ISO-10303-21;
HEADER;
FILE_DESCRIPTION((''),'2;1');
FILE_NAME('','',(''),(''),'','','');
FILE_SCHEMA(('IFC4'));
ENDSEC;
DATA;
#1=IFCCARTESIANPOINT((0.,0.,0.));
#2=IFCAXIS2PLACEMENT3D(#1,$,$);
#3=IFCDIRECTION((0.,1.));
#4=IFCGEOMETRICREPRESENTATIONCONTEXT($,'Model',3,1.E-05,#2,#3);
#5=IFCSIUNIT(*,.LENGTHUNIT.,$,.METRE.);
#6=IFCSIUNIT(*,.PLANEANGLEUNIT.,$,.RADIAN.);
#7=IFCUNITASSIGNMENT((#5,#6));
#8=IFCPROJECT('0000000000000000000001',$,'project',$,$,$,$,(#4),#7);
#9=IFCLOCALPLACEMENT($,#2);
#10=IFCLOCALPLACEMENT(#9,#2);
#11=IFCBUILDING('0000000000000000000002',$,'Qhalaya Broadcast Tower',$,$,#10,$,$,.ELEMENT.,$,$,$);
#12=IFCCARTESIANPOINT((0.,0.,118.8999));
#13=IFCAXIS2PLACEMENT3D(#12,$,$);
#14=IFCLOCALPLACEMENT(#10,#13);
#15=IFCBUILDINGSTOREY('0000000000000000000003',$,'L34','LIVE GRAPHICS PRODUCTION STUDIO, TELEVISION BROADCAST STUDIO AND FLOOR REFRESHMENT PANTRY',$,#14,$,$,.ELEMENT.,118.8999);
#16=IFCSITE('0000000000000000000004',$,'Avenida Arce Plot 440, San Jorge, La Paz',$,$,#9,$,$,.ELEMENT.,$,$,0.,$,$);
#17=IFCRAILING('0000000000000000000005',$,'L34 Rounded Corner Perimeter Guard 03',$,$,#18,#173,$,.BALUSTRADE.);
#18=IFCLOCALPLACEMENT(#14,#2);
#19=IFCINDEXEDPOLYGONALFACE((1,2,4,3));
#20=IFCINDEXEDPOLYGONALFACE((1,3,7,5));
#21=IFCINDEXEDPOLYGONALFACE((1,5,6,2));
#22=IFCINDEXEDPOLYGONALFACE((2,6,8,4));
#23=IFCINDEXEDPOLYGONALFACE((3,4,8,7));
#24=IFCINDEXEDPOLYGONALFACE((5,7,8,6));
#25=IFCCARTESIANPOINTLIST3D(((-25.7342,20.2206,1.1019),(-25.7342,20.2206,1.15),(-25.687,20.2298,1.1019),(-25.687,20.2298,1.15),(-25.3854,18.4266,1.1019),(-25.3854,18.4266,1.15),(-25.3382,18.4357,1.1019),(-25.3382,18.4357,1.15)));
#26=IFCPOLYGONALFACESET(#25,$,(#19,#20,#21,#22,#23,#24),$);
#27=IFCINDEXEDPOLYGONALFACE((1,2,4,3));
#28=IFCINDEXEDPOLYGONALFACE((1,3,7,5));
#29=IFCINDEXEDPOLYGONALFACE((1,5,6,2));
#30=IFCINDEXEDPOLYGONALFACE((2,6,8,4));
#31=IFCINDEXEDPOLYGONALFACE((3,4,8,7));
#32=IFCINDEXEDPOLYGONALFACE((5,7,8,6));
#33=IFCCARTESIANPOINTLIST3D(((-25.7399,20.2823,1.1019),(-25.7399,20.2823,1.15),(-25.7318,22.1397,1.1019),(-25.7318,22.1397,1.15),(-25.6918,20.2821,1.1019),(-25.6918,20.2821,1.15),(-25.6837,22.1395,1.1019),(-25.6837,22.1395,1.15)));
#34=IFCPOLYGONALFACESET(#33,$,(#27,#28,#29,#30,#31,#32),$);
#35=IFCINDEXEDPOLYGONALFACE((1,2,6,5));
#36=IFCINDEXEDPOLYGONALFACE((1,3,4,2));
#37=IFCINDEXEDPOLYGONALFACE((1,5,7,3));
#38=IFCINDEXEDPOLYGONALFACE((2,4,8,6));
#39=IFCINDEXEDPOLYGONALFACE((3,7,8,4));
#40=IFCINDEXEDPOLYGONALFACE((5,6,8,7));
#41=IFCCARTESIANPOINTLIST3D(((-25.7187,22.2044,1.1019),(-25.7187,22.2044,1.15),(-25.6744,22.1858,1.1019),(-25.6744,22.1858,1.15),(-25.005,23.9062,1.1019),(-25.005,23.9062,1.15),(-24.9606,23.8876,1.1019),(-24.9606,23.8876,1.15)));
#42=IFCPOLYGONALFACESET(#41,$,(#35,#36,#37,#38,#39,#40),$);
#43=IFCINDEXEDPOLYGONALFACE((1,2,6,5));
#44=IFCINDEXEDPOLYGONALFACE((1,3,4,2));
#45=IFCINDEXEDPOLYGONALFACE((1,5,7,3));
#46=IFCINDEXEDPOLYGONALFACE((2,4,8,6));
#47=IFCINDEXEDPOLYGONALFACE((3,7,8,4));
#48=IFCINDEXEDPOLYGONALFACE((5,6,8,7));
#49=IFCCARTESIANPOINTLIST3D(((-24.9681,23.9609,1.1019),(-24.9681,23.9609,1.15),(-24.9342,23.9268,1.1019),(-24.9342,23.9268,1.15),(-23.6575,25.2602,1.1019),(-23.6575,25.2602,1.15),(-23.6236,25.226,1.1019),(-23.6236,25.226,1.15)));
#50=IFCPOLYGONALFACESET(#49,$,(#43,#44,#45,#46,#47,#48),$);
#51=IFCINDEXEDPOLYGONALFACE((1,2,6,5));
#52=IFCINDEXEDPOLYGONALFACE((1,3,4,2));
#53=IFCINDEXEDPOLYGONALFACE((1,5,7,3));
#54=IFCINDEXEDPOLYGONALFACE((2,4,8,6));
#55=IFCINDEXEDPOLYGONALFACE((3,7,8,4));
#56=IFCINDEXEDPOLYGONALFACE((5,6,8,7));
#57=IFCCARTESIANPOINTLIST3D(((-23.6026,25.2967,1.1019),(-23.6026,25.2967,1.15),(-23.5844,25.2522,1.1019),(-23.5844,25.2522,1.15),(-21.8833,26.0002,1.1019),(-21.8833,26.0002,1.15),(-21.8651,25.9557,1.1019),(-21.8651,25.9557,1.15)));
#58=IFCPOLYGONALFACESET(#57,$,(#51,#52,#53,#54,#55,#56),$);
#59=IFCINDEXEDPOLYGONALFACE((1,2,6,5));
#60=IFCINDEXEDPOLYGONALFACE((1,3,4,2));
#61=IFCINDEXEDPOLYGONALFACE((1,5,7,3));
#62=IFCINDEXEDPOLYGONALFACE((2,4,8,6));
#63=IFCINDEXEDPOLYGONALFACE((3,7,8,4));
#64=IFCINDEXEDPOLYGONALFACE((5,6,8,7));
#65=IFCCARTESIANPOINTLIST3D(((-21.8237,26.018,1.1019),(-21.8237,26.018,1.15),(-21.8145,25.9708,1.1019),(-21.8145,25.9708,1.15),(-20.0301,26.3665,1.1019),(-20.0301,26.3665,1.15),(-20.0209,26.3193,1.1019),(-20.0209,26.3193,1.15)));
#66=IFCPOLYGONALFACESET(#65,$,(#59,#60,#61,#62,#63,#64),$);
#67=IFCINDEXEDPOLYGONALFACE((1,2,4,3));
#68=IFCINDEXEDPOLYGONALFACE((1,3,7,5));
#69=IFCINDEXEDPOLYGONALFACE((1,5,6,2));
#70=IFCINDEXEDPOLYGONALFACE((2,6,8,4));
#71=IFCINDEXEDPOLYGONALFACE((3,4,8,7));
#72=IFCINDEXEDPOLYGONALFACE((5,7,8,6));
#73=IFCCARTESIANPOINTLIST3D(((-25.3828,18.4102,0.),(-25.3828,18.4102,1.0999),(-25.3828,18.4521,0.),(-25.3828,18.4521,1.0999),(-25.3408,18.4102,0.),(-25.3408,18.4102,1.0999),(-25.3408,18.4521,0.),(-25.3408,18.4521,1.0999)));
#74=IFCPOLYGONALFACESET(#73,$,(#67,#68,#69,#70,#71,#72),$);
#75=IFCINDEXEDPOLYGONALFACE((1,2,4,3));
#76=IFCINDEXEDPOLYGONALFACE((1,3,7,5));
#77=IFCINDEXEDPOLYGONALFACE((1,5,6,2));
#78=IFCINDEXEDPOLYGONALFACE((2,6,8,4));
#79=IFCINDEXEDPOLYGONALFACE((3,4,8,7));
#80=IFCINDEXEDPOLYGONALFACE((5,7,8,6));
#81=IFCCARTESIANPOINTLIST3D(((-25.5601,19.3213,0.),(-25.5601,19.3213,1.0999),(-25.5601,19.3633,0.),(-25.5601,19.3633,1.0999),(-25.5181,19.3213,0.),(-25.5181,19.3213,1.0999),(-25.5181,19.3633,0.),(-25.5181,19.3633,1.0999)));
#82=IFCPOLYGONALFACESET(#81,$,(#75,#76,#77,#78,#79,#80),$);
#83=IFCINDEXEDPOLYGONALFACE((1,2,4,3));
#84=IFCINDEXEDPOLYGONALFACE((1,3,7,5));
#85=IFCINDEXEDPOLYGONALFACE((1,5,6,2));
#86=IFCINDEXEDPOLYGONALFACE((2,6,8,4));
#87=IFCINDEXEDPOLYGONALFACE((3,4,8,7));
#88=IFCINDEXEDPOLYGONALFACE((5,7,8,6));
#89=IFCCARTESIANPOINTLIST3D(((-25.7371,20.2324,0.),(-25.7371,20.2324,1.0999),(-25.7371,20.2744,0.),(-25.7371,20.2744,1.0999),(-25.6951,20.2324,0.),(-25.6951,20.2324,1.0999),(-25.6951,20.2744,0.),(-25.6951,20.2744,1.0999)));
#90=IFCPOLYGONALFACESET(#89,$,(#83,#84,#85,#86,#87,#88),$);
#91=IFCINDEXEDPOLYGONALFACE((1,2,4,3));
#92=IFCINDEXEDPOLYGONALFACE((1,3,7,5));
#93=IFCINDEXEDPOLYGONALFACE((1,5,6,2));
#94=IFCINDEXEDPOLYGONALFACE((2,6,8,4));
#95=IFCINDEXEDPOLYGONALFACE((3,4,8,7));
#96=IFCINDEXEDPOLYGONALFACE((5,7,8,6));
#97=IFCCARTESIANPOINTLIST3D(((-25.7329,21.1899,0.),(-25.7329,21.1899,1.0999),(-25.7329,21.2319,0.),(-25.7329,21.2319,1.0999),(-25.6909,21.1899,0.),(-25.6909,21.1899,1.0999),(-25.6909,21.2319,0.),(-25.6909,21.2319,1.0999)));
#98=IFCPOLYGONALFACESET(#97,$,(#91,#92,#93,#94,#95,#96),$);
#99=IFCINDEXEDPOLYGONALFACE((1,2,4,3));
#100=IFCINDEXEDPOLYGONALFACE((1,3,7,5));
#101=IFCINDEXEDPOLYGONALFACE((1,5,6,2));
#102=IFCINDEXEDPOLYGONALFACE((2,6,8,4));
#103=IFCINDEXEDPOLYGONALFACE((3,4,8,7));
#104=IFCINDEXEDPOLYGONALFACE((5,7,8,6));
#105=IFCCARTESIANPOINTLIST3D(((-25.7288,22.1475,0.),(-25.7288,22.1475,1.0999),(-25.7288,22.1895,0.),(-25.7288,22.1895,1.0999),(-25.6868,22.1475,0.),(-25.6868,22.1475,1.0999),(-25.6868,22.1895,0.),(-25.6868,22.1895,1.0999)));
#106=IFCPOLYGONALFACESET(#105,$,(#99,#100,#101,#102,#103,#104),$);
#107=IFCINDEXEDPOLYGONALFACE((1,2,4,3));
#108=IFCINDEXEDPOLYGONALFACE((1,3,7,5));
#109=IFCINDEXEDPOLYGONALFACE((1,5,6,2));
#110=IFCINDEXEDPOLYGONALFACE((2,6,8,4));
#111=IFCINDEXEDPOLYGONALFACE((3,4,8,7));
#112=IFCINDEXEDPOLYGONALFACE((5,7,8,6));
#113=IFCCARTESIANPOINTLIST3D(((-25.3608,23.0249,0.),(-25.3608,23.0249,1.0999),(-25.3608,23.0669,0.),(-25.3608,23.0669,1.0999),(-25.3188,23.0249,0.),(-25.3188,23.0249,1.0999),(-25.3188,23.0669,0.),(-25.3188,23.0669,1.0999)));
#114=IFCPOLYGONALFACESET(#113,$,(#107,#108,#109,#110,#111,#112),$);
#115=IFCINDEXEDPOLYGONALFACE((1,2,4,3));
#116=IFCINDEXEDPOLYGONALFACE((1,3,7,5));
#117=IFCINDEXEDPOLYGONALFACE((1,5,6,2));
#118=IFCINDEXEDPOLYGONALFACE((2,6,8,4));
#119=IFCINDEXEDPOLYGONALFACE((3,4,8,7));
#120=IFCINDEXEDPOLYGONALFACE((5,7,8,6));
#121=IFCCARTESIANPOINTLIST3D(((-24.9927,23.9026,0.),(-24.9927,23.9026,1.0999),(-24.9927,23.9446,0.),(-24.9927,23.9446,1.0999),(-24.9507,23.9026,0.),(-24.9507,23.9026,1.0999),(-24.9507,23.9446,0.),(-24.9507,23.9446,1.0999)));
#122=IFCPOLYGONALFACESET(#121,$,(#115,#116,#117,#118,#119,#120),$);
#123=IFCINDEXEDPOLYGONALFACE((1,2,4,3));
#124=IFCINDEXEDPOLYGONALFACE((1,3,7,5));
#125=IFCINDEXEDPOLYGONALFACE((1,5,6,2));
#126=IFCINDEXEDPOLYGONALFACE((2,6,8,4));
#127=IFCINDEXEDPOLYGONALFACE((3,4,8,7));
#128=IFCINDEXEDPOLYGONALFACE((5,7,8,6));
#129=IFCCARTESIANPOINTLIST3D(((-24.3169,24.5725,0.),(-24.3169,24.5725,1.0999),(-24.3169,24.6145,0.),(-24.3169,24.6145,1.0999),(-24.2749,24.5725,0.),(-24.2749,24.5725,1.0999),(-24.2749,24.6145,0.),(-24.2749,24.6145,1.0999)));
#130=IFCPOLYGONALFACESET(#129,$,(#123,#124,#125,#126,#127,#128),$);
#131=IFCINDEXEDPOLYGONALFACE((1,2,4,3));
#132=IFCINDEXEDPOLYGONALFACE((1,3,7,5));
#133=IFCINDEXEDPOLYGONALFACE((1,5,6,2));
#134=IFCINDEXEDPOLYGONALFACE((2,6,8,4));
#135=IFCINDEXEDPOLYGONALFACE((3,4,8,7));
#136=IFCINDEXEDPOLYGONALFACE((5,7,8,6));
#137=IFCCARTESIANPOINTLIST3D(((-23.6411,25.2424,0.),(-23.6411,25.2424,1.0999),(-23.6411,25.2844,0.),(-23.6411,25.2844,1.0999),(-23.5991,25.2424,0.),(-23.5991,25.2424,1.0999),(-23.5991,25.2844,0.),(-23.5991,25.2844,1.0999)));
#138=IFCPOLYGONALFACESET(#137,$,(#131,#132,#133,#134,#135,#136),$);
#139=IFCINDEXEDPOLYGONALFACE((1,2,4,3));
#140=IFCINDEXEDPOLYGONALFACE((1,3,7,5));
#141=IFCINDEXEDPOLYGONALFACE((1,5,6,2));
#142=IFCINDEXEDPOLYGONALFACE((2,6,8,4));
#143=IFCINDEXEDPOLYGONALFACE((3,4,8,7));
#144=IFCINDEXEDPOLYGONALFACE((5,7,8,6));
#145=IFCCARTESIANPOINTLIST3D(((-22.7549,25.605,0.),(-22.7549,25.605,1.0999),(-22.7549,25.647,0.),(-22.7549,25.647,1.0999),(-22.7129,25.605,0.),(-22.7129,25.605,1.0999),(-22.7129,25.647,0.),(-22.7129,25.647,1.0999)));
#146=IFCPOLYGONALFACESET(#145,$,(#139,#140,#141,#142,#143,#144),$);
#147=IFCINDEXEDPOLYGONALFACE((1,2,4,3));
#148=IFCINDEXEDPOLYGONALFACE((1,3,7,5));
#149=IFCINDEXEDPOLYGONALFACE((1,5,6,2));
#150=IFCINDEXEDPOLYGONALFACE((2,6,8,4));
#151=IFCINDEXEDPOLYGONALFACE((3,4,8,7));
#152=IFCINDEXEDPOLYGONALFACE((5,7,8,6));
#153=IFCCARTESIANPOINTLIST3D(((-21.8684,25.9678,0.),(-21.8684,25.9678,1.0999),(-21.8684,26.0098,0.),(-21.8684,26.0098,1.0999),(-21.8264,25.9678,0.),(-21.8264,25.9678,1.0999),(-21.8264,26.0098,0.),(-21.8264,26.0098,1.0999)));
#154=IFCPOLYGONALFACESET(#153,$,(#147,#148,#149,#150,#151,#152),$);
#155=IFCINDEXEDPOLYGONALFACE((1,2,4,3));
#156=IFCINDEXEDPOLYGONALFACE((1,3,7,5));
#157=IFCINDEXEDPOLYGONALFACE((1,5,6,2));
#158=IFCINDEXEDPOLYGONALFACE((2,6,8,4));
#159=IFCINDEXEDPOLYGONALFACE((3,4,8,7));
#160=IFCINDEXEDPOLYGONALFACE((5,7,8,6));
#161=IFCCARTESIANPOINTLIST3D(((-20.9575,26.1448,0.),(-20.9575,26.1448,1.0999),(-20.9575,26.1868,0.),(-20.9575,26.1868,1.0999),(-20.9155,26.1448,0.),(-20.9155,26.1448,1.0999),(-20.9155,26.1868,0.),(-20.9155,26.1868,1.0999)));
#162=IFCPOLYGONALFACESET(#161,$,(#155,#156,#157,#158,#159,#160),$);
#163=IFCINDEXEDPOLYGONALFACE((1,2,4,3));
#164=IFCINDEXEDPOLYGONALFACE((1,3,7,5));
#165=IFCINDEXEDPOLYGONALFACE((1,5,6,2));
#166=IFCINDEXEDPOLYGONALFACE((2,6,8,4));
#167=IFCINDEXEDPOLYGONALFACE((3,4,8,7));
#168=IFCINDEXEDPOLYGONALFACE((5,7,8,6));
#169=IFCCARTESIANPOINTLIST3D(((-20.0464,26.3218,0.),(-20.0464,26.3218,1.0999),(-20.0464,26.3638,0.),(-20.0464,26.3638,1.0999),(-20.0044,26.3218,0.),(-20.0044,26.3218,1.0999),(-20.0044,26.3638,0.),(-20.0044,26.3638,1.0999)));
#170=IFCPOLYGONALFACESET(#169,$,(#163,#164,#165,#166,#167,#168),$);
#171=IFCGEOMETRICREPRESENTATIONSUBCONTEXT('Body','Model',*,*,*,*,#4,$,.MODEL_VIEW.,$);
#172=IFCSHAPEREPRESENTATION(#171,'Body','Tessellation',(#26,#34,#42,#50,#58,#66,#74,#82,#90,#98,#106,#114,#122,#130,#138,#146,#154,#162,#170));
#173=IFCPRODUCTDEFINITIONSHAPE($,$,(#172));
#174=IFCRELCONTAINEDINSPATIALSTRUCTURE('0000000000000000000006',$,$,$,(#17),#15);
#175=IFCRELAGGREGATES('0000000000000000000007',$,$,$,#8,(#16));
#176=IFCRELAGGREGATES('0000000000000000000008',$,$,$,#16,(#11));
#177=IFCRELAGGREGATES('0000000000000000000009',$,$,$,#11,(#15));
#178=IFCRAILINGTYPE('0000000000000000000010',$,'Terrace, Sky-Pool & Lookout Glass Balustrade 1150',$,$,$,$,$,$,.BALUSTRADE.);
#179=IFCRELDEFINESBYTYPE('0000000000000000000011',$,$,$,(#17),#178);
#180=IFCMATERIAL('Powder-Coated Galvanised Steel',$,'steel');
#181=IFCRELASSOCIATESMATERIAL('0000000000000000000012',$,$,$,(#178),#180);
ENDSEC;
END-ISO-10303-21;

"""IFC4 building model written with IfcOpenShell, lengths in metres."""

from ifc_helpers import new_model, si_unit, direction, frame, origin, origin_2d, place, context, subcontext, project, spatial, rectangle, extrude, material, type_object, element, save


model = new_model("IFC4")

# Units and contexts
model_context = context("Model", 3, precision=1e-05, world=origin(), true_north=direction((0.0, 1.0)))
body_context = subcontext(model_context, "Body", "Model", "MODEL_VIEW")
ifc_project = project(units=[si_unit("LENGTHUNIT", "METRE"), si_unit("PLANEANGLEUNIT", "RADIAN")], contexts=[model_context])

# Site, building, storey
site_placement = place(None, origin())
site = spatial("IfcSite", under=ifc_project, at=site_placement, Name="Avenida Arce Plot 440, San Jorge, La Paz", CompositionType="ELEMENT", RefElevation=0.0)
building_placement = place(site_placement, origin())
building = spatial("IfcBuilding", under=site, at=building_placement, Name="Qhalaya Broadcast Tower", CompositionType="ELEMENT")
storey_placement = place(building_placement, frame((0.0, 0.0, 118.8999)))
storey = spatial("IfcBuildingStorey", under=building, at=storey_placement, Name="L34", Description="LIVE GRAPHICS PRODUCTION STUDIO, TELEVISION BROADCAST STUDIO AND FLOOR REFRESHMENT PANTRY", CompositionType="ELEMENT", Elevation=118.8999)

# Railing
ifc_material_1 = material(Name="Powder-Coated Galvanised Steel", Category="steel")
railing_type = type_object("IfcRailingType", Name="Terrace, Sky-Pool & Lookout Glass Balustrade 1150", PredefinedType="BALUSTRADE", material=ifc_material_1)
railing_placement = place(storey_placement, frame((-25.3618, 18.4312, 0.0)))
element("IfcRailing", 1, at=railing_placement, inside=storey, type_object=railing_type, Name="L34 Rounded Corner Perimeter Guard 03", PredefinedType="BALUSTRADE", context=body_context, shape_type="SweptSolid", body=[
    extrude(rectangle(XDim=0.0481, YDim=0.0481, at=origin_2d()), frame((0.0, 0.0, 1.126), z_axis=(-0.190827, 0.981624, 0.0), x_axis=(-0.981624, -0.190827, 0.0)), (0.0, 0.0, 1.0), 1.8276),
    extrude(rectangle(XDim=0.0481, YDim=0.0481, at=origin_2d()), frame((-0.354, 1.8511, 1.126), z_axis=(0.004334, 0.999991, 0.0), x_axis=(-0.999991, 0.004334, 0.0)), (0.0, 0.0, 1.0), 1.8574),
    extrude(rectangle(XDim=0.0481, YDim=0.0481, at=origin_2d()), frame((-0.3347, 3.7639, 1.126), z_axis=(0.386755, 0.922183, 0.0), x_axis=(-0.922183, 0.386755, 0.0)), (0.0, 0.0, 1.0), 1.8455),
    extrude(rectangle(XDim=0.0481, YDim=0.0481, at=origin_2d()), frame((0.4106, 5.5127, 1.126), z_axis=(0.710179, 0.704021, 0.0), x_axis=(-0.704021, 0.710179, 0.0)), (0.0, 0.0, 1.0), 1.8455),
    extrude(rectangle(XDim=0.0481, YDim=0.0481, at=origin_2d()), frame((1.7683, 6.8433, 1.126), z_axis=(0.925521, 0.378697, 0.0), x_axis=(-0.378697, 0.925521, 0.0)), (0.0, 0.0, 1.0), 1.8577),
    extrude(rectangle(XDim=0.0481, YDim=0.0481, at=origin_2d()), frame((3.5427, 7.5632, 1.126), z_axis=(0.981643, 0.190725, 0.0), x_axis=(-0.190725, 0.981643, 0.0)), (0.0, 0.0, 1.0), 1.8271),
    extrude(rectangle(XDim=0.042, YDim=0.042, at=origin_2d()), origin(), (0.0, 0.0, 1.0), 1.0999),
    extrude(rectangle(XDim=0.042, YDim=0.042, at=origin_2d()), frame((-0.1772, 0.9111, 0.0)), (0.0, 0.0, 1.0), 1.0999),
    extrude(rectangle(XDim=0.042, YDim=0.042, at=origin_2d()), frame((-0.3542, 1.8223, 0.0)), (0.0, 0.0, 1.0), 1.0999),
    extrude(rectangle(XDim=0.042, YDim=0.042, at=origin_2d()), frame((-0.3501, 2.7798, 0.0)), (0.0, 0.0, 1.0), 1.0999),
    extrude(rectangle(XDim=0.042, YDim=0.042, at=origin_2d()), frame((-0.3459, 3.7373, 0.0)), (0.0, 0.0, 1.0), 1.0999),
    extrude(rectangle(XDim=0.042, YDim=0.042, at=origin_2d()), frame((0.022, 4.6147, 0.0)), (0.0, 0.0, 1.0), 1.0999),
    extrude(rectangle(XDim=0.042, YDim=0.042, at=origin_2d()), frame((0.3901, 5.4924, 0.0)), (0.0, 0.0, 1.0), 1.0999),
    extrude(rectangle(XDim=0.042, YDim=0.042, at=origin_2d()), frame((1.0659, 6.1624, 0.0)), (0.0, 0.0, 1.0), 1.0999),
    extrude(rectangle(XDim=0.042, YDim=0.042, at=origin_2d()), frame((1.7417, 6.8323, 0.0)), (0.0, 0.0, 1.0), 1.0999),
    extrude(rectangle(XDim=0.042, YDim=0.042, at=origin_2d()), frame((2.6279, 7.1948, 0.0)), (0.0, 0.0, 1.0), 1.0999),
    extrude(rectangle(XDim=0.042, YDim=0.042, at=origin_2d()), frame((3.5144, 7.5576, 0.0)), (0.0, 0.0, 1.0), 1.0999),
    extrude(rectangle(XDim=0.042, YDim=0.042, at=origin_2d()), frame((4.4253, 7.7346, 0.0)), (0.0, 0.0, 1.0), 1.0999),
    extrude(rectangle(XDim=0.042, YDim=0.042, at=origin_2d()), frame((5.3364, 7.9116, 0.0)), (0.0, 0.0, 1.0), 1.0999),
])

save(model, "model.ifc")
